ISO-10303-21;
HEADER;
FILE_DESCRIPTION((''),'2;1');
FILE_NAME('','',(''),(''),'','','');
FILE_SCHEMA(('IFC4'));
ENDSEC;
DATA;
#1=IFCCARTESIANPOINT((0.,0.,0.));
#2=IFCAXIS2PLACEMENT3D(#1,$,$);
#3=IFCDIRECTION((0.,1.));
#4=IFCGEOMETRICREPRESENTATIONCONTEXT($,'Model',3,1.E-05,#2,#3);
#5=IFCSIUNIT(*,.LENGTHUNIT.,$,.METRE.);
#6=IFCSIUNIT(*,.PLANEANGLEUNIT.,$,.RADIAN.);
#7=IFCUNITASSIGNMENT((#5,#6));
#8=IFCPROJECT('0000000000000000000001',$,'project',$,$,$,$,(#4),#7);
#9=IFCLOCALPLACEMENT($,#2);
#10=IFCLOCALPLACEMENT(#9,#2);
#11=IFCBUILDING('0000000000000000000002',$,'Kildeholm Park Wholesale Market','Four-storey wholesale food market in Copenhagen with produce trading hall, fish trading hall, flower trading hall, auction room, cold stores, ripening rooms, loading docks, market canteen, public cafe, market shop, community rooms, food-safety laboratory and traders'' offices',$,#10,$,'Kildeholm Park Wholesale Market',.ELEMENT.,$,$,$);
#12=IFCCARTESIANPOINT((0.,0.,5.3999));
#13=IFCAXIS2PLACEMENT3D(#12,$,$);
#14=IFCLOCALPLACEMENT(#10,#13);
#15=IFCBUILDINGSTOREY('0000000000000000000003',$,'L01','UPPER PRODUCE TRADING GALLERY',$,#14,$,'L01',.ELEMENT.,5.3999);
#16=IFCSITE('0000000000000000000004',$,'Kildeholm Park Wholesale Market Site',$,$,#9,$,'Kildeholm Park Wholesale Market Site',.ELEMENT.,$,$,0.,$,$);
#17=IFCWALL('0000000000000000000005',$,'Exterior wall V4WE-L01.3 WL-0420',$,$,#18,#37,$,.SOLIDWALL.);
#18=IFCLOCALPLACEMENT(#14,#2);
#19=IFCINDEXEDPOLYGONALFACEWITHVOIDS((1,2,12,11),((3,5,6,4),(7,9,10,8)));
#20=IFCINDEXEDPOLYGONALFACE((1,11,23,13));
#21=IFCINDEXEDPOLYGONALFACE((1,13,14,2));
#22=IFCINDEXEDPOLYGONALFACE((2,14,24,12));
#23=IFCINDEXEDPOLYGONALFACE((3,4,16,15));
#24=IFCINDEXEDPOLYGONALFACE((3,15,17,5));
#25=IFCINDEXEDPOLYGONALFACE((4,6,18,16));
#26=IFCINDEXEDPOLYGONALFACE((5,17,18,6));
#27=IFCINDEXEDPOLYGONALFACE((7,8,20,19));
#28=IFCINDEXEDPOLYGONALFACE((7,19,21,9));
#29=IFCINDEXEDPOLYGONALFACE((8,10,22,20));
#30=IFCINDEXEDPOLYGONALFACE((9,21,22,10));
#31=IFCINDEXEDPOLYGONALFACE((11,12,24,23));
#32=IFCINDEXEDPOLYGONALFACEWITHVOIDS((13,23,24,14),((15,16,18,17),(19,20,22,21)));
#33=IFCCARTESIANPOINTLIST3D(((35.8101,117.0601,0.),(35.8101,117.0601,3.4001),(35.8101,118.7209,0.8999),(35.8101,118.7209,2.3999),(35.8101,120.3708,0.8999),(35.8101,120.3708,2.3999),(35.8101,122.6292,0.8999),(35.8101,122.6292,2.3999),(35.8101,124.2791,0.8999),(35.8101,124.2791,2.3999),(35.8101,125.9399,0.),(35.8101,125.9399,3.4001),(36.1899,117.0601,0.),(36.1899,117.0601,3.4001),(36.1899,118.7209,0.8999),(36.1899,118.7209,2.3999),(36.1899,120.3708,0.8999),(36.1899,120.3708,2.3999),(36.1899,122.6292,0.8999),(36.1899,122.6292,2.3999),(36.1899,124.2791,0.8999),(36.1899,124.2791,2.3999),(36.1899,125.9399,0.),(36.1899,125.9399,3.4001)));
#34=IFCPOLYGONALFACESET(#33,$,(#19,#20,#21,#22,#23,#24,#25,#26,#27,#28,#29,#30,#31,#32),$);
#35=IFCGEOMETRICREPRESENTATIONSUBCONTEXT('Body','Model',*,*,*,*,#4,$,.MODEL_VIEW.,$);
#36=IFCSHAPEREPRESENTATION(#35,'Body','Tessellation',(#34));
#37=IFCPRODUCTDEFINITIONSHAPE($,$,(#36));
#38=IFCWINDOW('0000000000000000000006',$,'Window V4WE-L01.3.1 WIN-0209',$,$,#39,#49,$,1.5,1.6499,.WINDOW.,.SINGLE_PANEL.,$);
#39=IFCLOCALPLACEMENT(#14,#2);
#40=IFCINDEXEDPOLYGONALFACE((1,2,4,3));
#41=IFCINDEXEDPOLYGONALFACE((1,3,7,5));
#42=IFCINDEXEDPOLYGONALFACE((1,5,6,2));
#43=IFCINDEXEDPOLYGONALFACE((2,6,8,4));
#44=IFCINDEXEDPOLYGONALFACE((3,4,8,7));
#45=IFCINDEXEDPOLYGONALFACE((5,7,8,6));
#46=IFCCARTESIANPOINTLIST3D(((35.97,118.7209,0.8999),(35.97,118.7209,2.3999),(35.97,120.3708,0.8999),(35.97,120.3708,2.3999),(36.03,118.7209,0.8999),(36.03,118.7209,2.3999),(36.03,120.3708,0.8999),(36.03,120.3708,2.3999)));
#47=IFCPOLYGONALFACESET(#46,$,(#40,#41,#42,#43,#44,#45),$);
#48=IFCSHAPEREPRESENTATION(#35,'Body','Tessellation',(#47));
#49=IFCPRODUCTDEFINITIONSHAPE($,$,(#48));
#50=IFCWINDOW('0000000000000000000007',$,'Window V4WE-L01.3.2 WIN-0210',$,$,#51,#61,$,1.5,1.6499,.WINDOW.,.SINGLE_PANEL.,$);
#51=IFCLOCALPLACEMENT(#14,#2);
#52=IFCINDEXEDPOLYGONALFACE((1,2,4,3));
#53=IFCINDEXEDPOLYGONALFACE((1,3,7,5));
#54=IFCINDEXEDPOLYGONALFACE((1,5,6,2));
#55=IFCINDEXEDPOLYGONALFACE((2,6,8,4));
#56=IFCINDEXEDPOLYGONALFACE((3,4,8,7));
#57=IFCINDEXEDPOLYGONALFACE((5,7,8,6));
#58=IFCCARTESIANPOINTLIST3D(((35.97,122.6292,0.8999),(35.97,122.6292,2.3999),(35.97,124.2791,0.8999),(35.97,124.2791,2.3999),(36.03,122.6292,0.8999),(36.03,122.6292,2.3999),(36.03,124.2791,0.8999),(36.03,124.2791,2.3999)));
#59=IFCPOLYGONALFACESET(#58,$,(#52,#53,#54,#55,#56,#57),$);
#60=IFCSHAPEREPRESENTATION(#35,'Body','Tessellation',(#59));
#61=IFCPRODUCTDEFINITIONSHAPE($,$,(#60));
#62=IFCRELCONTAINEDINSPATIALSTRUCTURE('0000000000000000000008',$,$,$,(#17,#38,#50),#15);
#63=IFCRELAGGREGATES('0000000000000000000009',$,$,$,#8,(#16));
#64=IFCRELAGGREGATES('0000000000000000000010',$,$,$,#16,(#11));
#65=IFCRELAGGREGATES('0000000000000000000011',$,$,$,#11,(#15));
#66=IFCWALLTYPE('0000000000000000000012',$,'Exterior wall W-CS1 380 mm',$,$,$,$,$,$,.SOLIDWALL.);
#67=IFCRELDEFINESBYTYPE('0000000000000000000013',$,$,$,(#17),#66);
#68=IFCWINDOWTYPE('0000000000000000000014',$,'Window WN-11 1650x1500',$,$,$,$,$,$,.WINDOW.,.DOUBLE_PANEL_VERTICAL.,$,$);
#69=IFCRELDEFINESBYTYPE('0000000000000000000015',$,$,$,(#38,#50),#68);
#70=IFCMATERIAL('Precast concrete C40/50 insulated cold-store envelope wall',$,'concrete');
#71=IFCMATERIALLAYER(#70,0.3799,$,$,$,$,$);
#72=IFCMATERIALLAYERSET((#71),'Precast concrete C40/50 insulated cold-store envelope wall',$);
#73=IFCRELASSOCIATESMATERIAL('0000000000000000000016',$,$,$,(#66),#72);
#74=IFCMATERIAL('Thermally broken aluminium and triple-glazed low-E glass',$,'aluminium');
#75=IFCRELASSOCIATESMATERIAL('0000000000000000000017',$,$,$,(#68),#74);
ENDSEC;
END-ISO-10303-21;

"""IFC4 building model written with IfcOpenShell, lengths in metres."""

from ifc_helpers import new_model, si_unit, direction, frame, frame_2d, origin, place, context, subcontext, project, spatial, rectangle, extrude, material, layer, layer_set, type_object, element, fill, save


model = new_model("IFC4")

# Units and contexts
model_context = context("Model", 3, precision=1e-05, world=origin(), true_north=direction((0.0, 1.0)))
body_context = subcontext(model_context, "Body", "Model", "MODEL_VIEW")
ifc_project = project(units=[si_unit("LENGTHUNIT", "METRE"), si_unit("PLANEANGLEUNIT", "RADIAN")], contexts=[model_context])

# Site, building, storey
site_placement = place(None, origin())
site = spatial("IfcSite", under=ifc_project, at=site_placement, Name="Kildeholm Park Wholesale Market Site", LongName="Kildeholm Park Wholesale Market Site", CompositionType="ELEMENT", RefElevation=0.0)
building_placement = place(site_placement, origin())
building = spatial("IfcBuilding", under=site, at=building_placement, Name="Kildeholm Park Wholesale Market", Description="Four-storey wholesale food market in Copenhagen with produce trading hall, fish trading hall, flower trading hall, auction room, cold stores, ripening rooms, loading docks, market canteen, public cafe, market shop, community rooms, food-safety laboratory and traders' offices", LongName="Kildeholm Park Wholesale Market", CompositionType="ELEMENT")
storey_placement = place(building_placement, frame((0.0, 0.0, 5.3999)))
storey = spatial("IfcBuildingStorey", under=building, at=storey_placement, Name="L01", Description="UPPER PRODUCE TRADING GALLERY", LongName="L01", CompositionType="ELEMENT", Elevation=5.3999)

# Wall, openings, windows
ifc_material_1 = material(Name="Precast concrete C40/50 insulated cold-store envelope wall", Category="concrete")
ifc_layer_1 = layer(ifc_material_1, 0.3799)
ifc_layer_set_1 = layer_set([ifc_layer_1], Name="Precast concrete C40/50 insulated cold-store envelope wall")
wall_type = type_object("IfcWallType", Name="Exterior wall W-CS1 380 mm", PredefinedType="SOLIDWALL", material=ifc_layer_set_1)
ifc_material_2 = material(Name="Thermally broken aluminium and triple-glazed low-E glass", Category="aluminium")
window_type = type_object("IfcWindowType", Name="Window WN-11 1650x1500", PartitioningType="DOUBLE_PANEL_VERTICAL", PredefinedType="WINDOW", material=ifc_material_2)
wall_1_placement = place(storey_placement, frame((36.0, 117.0601, 0.0), z_axis=(0.0, 0.0, 1.0), x_axis=(0.0, 1.0, 0.0)))
wall_1 = element("IfcWall", 1, at=wall_1_placement, inside=storey, type_object=wall_type, Name="Exterior wall V4WE-L01.3 WL-0420", PredefinedType="SOLIDWALL", context=body_context, shape_type="SweptSolid", body=[
    extrude(rectangle(XDim=8.8799, YDim=0.3799, at=frame_2d((4.4399, 0.0))), origin(), (0.0, 0.0, 1.0), 3.4001),
])
opening_1_placement = place(wall_1_placement, frame((1.6609, 0.0, 0.8999)))
opening_1 = element("IfcOpeningElement", 2, at=opening_1_placement, cuts=wall_1, PredefinedType="OPENING", context=body_context, shape_type="SweptSolid", body=[
    extrude(rectangle(XDim=1.6499, YDim=1.5, at=frame_2d((0.825, 0.75))), frame((0.0, 0.2, 0.0), z_axis=(0.0, -1.0, 0.0), x_axis=(1.0, 0.0, 0.0)), (0.0, 0.0, 1.0), 0.3999),
])
opening_2_placement = place(wall_1_placement, frame((5.5691, 0.0, 0.8999)))
opening_2 = element("IfcOpeningElement", 3, at=opening_2_placement, cuts=wall_1, PredefinedType="OPENING", context=body_context, shape_type="SweptSolid", body=[
    extrude(rectangle(XDim=1.6499, YDim=1.5, at=frame_2d((0.825, 0.75))), frame((0.0, 0.2, 0.0), z_axis=(0.0, -1.0, 0.0), x_axis=(1.0, 0.0, 0.0)), (0.0, 0.0, 1.0), 0.3999),
])
window_1_placement = place(opening_1_placement, origin())
window_1 = element("IfcWindow", 4, at=window_1_placement, inside=storey, type_object=window_type, Name="Window V4WE-L01.3.1 WIN-0209", OverallHeight=1.5, OverallWidth=1.6499, PartitioningType="SINGLE_PANEL", PredefinedType="WINDOW", context=body_context, shape_type="SweptSolid", body=[
    extrude(rectangle(XDim=1.6499, YDim=1.5, at=frame_2d((0.825, 0.75))), frame((0.0, 0.03, 0.0), z_axis=(0.0, -1.0, 0.0), x_axis=(1.0, 0.0, 0.0)), (0.0, 0.0, 1.0), 0.0601),
])
fill(opening_1, window_1)
window_2_placement = place(opening_2_placement, origin())
window_2 = element("IfcWindow", 5, at=window_2_placement, inside=storey, type_object=window_type, Name="Window V4WE-L01.3.2 WIN-0210", OverallHeight=1.5, OverallWidth=1.6499, PartitioningType="SINGLE_PANEL", PredefinedType="WINDOW", context=body_context, shape_type="SweptSolid", body=[
    extrude(rectangle(XDim=1.6499, YDim=1.5, at=frame_2d((0.825, 0.75))), frame((0.0, 0.03, 0.0), z_axis=(0.0, -1.0, 0.0), x_axis=(1.0, 0.0, 0.0)), (0.0, 0.0, 1.0), 0.0601),
])
fill(opening_2, window_2)

save(model, "model.ifc")
